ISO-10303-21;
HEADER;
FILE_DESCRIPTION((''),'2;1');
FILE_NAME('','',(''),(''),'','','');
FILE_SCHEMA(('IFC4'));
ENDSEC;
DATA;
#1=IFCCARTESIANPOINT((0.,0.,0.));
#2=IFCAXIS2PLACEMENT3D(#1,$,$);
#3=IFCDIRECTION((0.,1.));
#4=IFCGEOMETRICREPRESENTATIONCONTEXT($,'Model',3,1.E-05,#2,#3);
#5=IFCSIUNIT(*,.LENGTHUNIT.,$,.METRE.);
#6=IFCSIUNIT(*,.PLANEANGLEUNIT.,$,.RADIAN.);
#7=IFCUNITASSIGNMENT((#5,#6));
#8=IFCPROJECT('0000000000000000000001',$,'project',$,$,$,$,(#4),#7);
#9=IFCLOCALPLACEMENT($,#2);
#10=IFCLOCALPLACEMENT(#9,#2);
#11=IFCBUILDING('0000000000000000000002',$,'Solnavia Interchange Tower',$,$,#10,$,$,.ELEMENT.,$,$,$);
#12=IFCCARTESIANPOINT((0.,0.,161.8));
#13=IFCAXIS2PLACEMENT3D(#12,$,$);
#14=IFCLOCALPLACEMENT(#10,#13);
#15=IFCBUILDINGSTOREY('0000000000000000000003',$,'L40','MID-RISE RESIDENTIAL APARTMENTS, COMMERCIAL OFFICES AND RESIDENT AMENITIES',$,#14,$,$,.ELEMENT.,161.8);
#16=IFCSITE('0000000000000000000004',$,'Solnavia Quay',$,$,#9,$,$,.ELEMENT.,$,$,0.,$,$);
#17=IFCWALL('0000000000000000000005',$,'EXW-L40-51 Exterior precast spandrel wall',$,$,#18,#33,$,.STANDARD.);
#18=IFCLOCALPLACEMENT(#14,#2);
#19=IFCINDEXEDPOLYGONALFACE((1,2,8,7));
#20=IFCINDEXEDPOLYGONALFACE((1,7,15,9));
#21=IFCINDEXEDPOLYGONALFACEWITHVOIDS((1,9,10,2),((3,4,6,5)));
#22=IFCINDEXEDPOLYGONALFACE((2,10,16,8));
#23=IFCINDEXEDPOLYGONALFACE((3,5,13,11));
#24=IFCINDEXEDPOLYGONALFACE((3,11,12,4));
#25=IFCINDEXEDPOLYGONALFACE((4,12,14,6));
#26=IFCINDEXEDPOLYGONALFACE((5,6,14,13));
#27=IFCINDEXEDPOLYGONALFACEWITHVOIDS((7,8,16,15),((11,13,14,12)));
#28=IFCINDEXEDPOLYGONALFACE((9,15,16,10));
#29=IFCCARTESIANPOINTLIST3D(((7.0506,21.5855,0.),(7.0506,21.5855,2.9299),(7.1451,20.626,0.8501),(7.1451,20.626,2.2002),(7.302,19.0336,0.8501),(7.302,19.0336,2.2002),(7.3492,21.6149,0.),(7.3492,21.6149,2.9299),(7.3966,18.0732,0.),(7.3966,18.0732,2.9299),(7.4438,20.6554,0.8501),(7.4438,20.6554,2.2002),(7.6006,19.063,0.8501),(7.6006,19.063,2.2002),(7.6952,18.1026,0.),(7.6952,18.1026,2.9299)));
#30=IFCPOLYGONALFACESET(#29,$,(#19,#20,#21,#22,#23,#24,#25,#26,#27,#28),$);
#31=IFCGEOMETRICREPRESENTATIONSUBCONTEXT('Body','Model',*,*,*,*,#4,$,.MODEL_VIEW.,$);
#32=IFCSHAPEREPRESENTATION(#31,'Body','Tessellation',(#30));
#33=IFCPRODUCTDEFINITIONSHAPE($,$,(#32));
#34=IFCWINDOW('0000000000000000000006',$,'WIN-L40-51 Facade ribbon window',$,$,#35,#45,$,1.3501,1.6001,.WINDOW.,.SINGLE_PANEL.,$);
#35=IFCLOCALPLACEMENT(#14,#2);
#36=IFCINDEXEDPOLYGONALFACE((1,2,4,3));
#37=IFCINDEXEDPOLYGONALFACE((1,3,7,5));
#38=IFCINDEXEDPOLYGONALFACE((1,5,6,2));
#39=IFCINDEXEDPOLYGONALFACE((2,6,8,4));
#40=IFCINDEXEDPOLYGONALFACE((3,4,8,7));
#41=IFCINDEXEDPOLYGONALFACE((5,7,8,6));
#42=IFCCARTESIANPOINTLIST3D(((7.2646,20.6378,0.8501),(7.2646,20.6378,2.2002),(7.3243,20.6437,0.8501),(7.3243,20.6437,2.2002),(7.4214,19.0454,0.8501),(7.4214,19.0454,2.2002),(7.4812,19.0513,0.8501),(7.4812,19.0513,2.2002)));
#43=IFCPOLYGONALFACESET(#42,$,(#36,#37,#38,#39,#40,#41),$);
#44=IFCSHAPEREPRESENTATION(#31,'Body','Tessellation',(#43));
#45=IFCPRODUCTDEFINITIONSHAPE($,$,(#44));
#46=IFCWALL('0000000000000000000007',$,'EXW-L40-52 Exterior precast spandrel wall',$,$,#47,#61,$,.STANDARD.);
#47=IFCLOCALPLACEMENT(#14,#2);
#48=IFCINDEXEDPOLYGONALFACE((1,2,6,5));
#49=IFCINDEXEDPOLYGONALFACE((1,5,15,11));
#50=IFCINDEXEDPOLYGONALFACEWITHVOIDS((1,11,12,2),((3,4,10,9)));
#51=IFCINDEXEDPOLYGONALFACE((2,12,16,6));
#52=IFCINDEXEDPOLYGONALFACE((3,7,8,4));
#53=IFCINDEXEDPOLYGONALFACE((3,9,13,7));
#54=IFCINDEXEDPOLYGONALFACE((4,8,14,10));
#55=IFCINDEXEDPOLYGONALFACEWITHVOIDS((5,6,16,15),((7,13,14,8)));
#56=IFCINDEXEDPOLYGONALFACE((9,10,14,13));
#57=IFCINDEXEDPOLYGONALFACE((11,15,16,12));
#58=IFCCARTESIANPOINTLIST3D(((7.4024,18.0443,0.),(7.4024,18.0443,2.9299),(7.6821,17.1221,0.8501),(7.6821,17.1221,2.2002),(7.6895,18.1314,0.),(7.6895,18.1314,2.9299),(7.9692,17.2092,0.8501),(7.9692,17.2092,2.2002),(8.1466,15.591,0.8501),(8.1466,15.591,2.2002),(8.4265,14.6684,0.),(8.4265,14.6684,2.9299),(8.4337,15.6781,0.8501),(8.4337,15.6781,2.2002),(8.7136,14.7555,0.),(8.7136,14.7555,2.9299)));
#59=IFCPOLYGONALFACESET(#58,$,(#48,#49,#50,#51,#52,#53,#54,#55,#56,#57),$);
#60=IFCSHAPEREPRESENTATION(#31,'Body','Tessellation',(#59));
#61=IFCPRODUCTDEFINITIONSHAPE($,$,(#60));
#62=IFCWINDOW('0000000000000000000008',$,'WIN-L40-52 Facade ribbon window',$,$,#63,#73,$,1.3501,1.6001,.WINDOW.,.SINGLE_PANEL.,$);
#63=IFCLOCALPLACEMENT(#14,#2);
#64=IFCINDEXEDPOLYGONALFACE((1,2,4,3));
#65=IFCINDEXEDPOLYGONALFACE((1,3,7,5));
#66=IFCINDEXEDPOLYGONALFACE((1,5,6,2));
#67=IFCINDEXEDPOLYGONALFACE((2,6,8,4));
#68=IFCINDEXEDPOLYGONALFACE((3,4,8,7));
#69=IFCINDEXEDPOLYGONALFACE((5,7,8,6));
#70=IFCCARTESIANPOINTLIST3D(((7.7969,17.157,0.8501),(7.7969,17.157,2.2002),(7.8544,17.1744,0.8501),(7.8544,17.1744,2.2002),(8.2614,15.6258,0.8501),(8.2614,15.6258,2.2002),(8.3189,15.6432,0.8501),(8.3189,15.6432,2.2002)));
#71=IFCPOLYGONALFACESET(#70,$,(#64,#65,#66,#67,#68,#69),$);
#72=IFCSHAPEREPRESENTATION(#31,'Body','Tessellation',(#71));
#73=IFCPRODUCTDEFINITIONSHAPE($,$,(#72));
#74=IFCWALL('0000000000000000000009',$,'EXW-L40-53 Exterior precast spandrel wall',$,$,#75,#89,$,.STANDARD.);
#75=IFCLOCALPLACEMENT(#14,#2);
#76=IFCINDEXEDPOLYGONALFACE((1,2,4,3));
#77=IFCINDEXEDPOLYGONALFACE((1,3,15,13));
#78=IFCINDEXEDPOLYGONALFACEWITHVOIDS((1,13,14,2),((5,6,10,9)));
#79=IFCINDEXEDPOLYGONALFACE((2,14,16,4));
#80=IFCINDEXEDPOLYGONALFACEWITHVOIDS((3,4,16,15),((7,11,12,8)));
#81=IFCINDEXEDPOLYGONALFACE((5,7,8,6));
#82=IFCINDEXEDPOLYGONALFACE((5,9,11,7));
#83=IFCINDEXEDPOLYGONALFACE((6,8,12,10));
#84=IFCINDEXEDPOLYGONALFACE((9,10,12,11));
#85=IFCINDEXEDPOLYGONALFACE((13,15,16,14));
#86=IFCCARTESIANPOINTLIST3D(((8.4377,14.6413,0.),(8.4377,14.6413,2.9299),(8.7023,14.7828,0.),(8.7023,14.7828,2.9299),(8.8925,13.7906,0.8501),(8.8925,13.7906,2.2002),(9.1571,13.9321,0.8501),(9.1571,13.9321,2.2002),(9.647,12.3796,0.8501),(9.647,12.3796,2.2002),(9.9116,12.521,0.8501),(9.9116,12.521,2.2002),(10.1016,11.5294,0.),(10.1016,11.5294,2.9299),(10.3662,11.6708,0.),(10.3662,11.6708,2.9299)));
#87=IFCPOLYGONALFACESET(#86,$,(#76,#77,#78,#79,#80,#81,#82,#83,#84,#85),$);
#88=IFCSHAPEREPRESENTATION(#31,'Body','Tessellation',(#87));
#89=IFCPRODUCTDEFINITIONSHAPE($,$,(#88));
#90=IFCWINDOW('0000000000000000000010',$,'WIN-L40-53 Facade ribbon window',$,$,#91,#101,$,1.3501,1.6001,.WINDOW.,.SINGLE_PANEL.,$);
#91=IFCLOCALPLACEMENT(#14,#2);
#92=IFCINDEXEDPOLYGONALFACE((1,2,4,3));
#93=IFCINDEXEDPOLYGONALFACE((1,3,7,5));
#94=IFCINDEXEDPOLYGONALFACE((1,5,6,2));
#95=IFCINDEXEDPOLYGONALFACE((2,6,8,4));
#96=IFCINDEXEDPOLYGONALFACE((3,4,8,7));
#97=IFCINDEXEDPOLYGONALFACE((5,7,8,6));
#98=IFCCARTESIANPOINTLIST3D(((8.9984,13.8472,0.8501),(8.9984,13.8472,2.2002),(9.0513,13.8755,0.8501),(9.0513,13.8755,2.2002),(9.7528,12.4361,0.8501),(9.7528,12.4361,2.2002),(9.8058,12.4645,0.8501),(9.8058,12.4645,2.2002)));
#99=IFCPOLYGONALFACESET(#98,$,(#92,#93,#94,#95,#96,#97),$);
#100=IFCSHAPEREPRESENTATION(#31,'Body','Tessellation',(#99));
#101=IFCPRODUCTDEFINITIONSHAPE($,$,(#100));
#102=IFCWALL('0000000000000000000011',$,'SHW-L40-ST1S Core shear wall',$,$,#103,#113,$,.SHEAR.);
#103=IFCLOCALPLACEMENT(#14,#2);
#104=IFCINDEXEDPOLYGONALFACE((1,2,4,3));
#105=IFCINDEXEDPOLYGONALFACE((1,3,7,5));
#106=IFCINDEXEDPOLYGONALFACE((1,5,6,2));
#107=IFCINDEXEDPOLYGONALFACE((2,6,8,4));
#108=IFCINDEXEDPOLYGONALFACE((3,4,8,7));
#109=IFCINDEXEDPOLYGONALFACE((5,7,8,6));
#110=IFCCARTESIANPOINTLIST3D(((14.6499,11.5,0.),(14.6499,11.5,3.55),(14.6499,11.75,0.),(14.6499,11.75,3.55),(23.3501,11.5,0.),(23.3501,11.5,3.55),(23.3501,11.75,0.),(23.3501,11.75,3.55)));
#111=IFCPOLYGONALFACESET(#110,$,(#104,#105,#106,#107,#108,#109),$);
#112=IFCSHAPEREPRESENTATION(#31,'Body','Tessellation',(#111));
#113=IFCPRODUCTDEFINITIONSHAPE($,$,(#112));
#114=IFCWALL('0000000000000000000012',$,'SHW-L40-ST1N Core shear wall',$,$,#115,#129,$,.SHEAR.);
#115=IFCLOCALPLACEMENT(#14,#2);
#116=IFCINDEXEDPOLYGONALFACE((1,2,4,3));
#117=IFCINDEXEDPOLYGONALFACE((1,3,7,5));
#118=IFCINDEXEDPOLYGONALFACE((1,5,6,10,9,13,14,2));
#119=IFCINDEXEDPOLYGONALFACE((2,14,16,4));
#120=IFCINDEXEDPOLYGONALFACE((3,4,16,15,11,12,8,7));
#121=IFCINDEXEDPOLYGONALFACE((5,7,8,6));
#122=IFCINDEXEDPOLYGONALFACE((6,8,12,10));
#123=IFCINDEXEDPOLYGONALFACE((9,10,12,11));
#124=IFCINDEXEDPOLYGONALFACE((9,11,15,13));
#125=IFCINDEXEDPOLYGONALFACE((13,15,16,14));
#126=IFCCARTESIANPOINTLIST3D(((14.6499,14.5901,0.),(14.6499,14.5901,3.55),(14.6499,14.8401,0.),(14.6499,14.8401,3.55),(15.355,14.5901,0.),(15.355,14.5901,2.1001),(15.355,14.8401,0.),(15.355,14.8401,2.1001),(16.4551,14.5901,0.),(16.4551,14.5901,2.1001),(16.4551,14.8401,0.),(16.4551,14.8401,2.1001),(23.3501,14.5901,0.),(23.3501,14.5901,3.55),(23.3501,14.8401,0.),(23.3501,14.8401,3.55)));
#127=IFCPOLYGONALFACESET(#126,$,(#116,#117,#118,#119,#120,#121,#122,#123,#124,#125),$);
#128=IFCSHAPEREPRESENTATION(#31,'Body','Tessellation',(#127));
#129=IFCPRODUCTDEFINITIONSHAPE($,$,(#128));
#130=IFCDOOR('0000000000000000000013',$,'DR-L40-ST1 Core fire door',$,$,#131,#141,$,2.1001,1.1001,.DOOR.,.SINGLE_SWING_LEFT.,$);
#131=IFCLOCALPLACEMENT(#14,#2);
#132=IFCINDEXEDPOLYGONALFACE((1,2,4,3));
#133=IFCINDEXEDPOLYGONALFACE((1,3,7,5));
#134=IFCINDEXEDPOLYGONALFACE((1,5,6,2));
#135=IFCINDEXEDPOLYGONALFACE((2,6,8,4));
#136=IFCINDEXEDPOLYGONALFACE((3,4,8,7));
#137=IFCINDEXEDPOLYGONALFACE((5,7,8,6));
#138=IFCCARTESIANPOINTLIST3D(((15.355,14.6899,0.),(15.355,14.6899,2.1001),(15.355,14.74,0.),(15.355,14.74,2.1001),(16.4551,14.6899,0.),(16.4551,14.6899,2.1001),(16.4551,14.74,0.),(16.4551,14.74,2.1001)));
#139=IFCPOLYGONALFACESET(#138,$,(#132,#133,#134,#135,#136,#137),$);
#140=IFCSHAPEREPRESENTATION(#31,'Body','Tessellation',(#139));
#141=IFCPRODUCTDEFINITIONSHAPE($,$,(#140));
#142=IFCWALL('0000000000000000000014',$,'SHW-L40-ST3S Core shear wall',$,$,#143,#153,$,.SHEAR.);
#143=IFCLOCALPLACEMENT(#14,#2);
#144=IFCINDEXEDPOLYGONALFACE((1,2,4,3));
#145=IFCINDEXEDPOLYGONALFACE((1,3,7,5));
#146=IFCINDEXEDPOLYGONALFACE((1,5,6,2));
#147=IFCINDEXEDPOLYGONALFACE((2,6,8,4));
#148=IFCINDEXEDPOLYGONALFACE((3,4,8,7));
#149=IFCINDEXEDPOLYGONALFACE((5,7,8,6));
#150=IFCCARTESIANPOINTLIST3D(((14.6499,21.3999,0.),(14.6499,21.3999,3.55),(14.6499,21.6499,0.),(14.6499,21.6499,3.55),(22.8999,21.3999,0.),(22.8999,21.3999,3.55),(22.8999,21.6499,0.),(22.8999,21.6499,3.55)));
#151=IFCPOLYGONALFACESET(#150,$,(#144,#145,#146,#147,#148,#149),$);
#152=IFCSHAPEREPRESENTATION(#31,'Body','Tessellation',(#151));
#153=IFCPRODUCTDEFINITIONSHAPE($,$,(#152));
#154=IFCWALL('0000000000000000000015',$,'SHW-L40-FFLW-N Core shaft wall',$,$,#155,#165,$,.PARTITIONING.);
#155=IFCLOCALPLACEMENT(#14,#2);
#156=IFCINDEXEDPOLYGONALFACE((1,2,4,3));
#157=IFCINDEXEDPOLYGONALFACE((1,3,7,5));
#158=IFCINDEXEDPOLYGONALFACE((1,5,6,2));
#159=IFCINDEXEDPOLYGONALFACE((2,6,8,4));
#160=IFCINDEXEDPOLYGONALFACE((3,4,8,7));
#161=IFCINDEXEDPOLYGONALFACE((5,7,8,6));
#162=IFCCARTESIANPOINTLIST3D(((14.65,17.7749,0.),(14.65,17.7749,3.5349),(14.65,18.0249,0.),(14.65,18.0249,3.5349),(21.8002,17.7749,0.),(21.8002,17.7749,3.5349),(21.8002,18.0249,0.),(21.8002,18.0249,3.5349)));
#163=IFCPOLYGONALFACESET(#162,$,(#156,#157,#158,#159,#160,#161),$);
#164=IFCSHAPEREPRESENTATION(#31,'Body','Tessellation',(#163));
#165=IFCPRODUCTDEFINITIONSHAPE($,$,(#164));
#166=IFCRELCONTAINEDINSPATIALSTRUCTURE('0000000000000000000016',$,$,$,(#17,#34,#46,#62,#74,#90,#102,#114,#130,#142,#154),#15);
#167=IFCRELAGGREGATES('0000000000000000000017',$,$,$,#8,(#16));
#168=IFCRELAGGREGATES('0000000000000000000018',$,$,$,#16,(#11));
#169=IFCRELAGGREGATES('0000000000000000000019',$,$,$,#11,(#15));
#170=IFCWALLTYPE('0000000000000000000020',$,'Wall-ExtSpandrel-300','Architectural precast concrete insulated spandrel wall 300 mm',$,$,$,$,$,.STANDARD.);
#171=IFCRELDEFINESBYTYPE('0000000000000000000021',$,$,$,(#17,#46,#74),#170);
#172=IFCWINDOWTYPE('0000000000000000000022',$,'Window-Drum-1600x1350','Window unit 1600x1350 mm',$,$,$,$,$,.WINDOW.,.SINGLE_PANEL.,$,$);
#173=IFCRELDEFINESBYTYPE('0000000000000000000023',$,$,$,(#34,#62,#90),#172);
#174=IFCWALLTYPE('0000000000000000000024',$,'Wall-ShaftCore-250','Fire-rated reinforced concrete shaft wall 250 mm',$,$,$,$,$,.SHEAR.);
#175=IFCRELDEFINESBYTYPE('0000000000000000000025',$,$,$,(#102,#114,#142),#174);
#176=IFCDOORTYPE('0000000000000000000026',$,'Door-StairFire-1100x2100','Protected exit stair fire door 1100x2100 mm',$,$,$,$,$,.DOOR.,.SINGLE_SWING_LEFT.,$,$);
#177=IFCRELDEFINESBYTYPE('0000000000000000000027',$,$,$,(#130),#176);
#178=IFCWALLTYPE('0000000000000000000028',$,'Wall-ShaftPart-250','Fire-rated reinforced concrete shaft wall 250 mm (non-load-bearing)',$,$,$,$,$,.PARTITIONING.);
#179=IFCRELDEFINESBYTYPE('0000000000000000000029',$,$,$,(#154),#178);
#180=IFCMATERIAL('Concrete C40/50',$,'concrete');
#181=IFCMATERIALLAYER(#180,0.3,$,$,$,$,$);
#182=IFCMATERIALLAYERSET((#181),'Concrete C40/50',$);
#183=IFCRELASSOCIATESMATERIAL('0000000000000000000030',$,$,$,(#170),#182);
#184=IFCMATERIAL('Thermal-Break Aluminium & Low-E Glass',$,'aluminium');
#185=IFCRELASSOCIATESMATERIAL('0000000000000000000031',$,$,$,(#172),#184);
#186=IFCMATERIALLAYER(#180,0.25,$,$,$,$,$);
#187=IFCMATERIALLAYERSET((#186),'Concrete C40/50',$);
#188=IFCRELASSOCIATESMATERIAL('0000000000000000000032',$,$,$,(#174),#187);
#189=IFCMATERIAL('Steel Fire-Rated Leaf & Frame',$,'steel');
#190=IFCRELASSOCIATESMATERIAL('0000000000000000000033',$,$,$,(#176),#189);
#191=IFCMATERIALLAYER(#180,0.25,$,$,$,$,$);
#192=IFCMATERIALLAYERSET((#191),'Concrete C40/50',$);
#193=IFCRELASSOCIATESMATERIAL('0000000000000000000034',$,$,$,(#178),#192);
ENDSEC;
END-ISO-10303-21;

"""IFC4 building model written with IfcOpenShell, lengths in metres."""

from ifc_helpers import new_model, si_unit, direction, frame, frame_2d, origin, place, context, subcontext, project, spatial, rectangle, extrude, material, layer, layer_set, type_object, element, fill, save


model = new_model("IFC4")

# Units and contexts
model_context = context("Model", 3, precision=1e-05, world=origin(), true_north=direction((0.0, 1.0)))
body_context = subcontext(model_context, "Body", "Model", "MODEL_VIEW")
ifc_project = project(units=[si_unit("LENGTHUNIT", "METRE"), si_unit("PLANEANGLEUNIT", "RADIAN")], contexts=[model_context])

# Site, building, storey
site_placement = place(None, origin())
site = spatial("IfcSite", under=ifc_project, at=site_placement, Name="Solnavia Quay", CompositionType="ELEMENT", RefElevation=0.0)
building_placement = place(site_placement, origin())
building = spatial("IfcBuilding", under=site, at=building_placement, Name="Solnavia Interchange Tower", CompositionType="ELEMENT")
storey_placement = place(building_placement, frame((0.0, 0.0, 161.8)))
storey = spatial("IfcBuildingStorey", under=building, at=storey_placement, Name="L40", Description="MID-RISE RESIDENTIAL APARTMENTS, COMMERCIAL OFFICES AND RESIDENT AMENITIES", CompositionType="ELEMENT", Elevation=161.8)

# Walls, openings, windows
ifc_material_1 = material(Name="Concrete C40/50", Category="concrete")
ifc_layer_1 = layer(ifc_material_1, 0.3)
ifc_layer_set_1 = layer_set([ifc_layer_1], Name="Concrete C40/50")
wall_type_1 = type_object("IfcWallType", Name="Wall-ExtSpandrel-300", Description="Architectural precast concrete insulated spandrel wall 300 mm", PredefinedType="STANDARD", material=ifc_layer_set_1)
ifc_material_2 = material(Name="Thermal-Break Aluminium & Low-E Glass", Category="aluminium")
wall_1_placement = place(storey_placement, frame((7.5459, 18.0879, 0.0), z_axis=(0.0, 0.0, 1.0), x_axis=(-0.098024, 0.995184, 0.0)))
wall_1 = element("IfcWall", 1, at=wall_1_placement, inside=storey, type_object=wall_type_1, Name="EXW-L40-51 Exterior precast spandrel wall", PredefinedType="STANDARD", context=body_context, shape_type="SweptSolid", body=[
    extrude(rectangle(XDim=3.5293, YDim=0.3, at=frame_2d((1.7646, 0.0))), origin(), (0.0, 0.0, 1.0), 2.9299),
])
opening_1_placement = place(wall_1_placement, frame((0.9651, 0.0, 0.8501)))
opening_1 = element("IfcOpeningElement", 2, at=opening_1_placement, cuts=wall_1, PredefinedType="OPENING", context=body_context, shape_type="SweptSolid", body=[
    extrude(rectangle(XDim=1.6001, YDim=1.3501, at=frame_2d((0.8, 0.675))), frame((0.0, 0.1602, 0.0), z_axis=(0.0, -1.0, 0.0), x_axis=(1.0, 0.0, 0.0)), (0.0, 0.0, 1.0), 0.3201),
])
window_type_1 = type_object("IfcWindowType", Name="Window-Drum-1600x1350", Description="Window unit 1600x1350 mm", PartitioningType="SINGLE_PANEL", PredefinedType="WINDOW", material=ifc_material_2)
window_1_placement = place(opening_1_placement, origin())
window_1 = element("IfcWindow", 3, at=window_1_placement, inside=storey, type_object=window_type_1, Name="WIN-L40-51 Facade ribbon window", OverallHeight=1.3501, OverallWidth=1.6001, PartitioningType="SINGLE_PANEL", PredefinedType="WINDOW", context=body_context, shape_type="SweptSolid", body=[
    extrude(rectangle(XDim=1.6001, YDim=1.3501, at=frame_2d((0.8, 0.675))), frame((0.0, 0.03, 0.0), z_axis=(0.0, -1.0, 0.0), x_axis=(1.0, 0.0, 0.0)), (0.0, 0.0, 1.0), 0.0601),
])
fill(opening_1, window_1)
wall_2_placement = place(storey_placement, frame((8.5701, 14.7119, 0.0), z_axis=(0.0, 0.0, 1.0), x_axis=(-0.290305, 0.956934, 0.0)))
wall_2 = element("IfcWall", 4, at=wall_2_placement, inside=storey, type_object=wall_type_1, Name="EXW-L40-52 Exterior precast spandrel wall", PredefinedType="STANDARD", context=body_context, shape_type="SweptSolid", body=[
    extrude(rectangle(XDim=3.5278, YDim=0.3, at=frame_2d((1.7639, 0.0))), origin(), (0.0, 0.0, 1.0), 2.9299),
])
opening_2_placement = place(wall_2_placement, frame((0.9641, 0.0, 0.8501)))
opening_2 = element("IfcOpeningElement", 5, at=opening_2_placement, cuts=wall_2, PredefinedType="OPENING", context=body_context, shape_type="SweptSolid", body=[
    extrude(rectangle(XDim=1.6001, YDim=1.3501, at=frame_2d((0.8, 0.675))), frame((0.0, 0.1602, 0.0), z_axis=(0.0, -1.0, 0.0), x_axis=(1.0, 0.0, 0.0)), (0.0, 0.0, 1.0), 0.3201),
])
window_2_placement = place(opening_2_placement, origin())
window_2 = element("IfcWindow", 6, at=window_2_placement, inside=storey, type_object=window_type_1, Name="WIN-L40-52 Facade ribbon window", OverallHeight=1.3501, OverallWidth=1.6001, PartitioningType="SINGLE_PANEL", PredefinedType="WINDOW", context=body_context, shape_type="SweptSolid", body=[
    extrude(rectangle(XDim=1.6001, YDim=1.3501, at=frame_2d((0.8, 0.675))), frame((0.0, 0.03, 0.0), z_axis=(0.0, -1.0, 0.0), x_axis=(1.0, 0.0, 0.0)), (0.0, 0.0, 1.0), 0.0601),
])
fill(opening_2, window_2)
wall_3_placement = place(storey_placement, frame((10.2339, 11.6001, 0.0), z_axis=(0.0, 0.0, 1.0), x_axis=(-0.471511, 0.88186, 0.0)))
wall_3 = element("IfcWall", 7, at=wall_3_placement, inside=storey, type_object=wall_type_1, Name="EXW-L40-53 Exterior precast spandrel wall", PredefinedType="STANDARD", context=body_context, shape_type="SweptSolid", body=[
    extrude(rectangle(XDim=3.5288, YDim=0.3, at=frame_2d((1.7644, 0.0))), origin(), (0.0, 0.0, 1.0), 2.9299),
])
opening_3_placement = place(wall_3_placement, frame((0.9641, 0.0, 0.8501)))
opening_3 = element("IfcOpeningElement", 8, at=opening_3_placement, cuts=wall_3, PredefinedType="OPENING", context=body_context, shape_type="SweptSolid", body=[
    extrude(rectangle(XDim=1.6001, YDim=1.3501, at=frame_2d((0.8, 0.675))), frame((0.0, 0.1602, 0.0), z_axis=(0.0, -1.0, 0.0), x_axis=(1.0, 0.0, 0.0)), (0.0, 0.0, 1.0), 0.3201),
])
window_3_placement = place(opening_3_placement, origin())
window_3 = element("IfcWindow", 9, at=window_3_placement, inside=storey, type_object=window_type_1, Name="WIN-L40-53 Facade ribbon window", OverallHeight=1.3501, OverallWidth=1.6001, PartitioningType="SINGLE_PANEL", PredefinedType="WINDOW", context=body_context, shape_type="SweptSolid", body=[
    extrude(rectangle(XDim=1.6001, YDim=1.3501, at=frame_2d((0.8, 0.675))), frame((0.0, 0.03, 0.0), z_axis=(0.0, -1.0, 0.0), x_axis=(1.0, 0.0, 0.0)), (0.0, 0.0, 1.0), 0.0601),
])
fill(opening_3, window_3)

# Wall
ifc_layer_2 = layer(ifc_material_1, 0.25)
ifc_layer_set_2 = layer_set([ifc_layer_2], Name="Concrete C40/50")
wall_type_2 = type_object("IfcWallType", Name="Wall-ShaftCore-250", Description="Fire-rated reinforced concrete shaft wall 250 mm", PredefinedType="SHEAR", material=ifc_layer_set_2)
wall_4_placement = place(storey_placement, frame((14.6499, 11.625, 0.0), z_axis=(0.0, 0.0, 1.0), x_axis=(1.0, 0.0, 0.0)))
element("IfcWall", 10, at=wall_4_placement, inside=storey, type_object=wall_type_2, Name="SHW-L40-ST1S Core shear wall", PredefinedType="SHEAR", context=body_context, shape_type="SweptSolid", body=[
    extrude(rectangle(XDim=8.7002, YDim=0.25, at=frame_2d((4.3501, 0.0))), origin(), (0.0, 0.0, 1.0), 3.55),
])

# Wall, opening, door
wall_5_placement = place(storey_placement, frame((14.6499, 14.7151, 0.0), z_axis=(0.0, 0.0, 1.0), x_axis=(1.0, 0.0, 0.0)))
wall_5 = element("IfcWall", 11, at=wall_5_placement, inside=storey, type_object=wall_type_2, Name="SHW-L40-ST1N Core shear wall", PredefinedType="SHEAR", context=body_context, shape_type="SweptSolid", body=[
    extrude(rectangle(XDim=8.7002, YDim=0.25, at=frame_2d((4.3501, 0.0))), origin(), (0.0, 0.0, 1.0), 3.55),
])
opening_4_placement = place(wall_5_placement, frame((0.7051, 0.0, 0.0)))
opening_4 = element("IfcOpeningElement", 12, at=opening_4_placement, cuts=wall_5, PredefinedType="OPENING", context=body_context, shape_type="SweptSolid", body=[
    extrude(rectangle(XDim=1.1001, YDim=2.1001, at=frame_2d((0.55, 1.05))), frame((0.0, 0.135, 0.0), z_axis=(0.0, -1.0, 0.0), x_axis=(1.0, 0.0, 0.0)), (0.0, 0.0, 1.0), 0.27),
])
ifc_material_3 = material(Name="Steel Fire-Rated Leaf & Frame", Category="steel")
door_type = type_object("IfcDoorType", Name="Door-StairFire-1100x2100", Description="Protected exit stair fire door 1100x2100 mm", OperationType="SINGLE_SWING_LEFT", PredefinedType="DOOR", material=ifc_material_3)
door_placement = place(opening_4_placement, origin())
door = element("IfcDoor", 13, at=door_placement, inside=storey, type_object=door_type, Name="DR-L40-ST1 Core fire door", OperationType="SINGLE_SWING_LEFT", OverallHeight=2.1001, OverallWidth=1.1001, PredefinedType="DOOR", context=body_context, shape_type="SweptSolid", body=[
    extrude(rectangle(XDim=1.1001, YDim=2.1001, at=frame_2d((0.55, 1.05))), frame((0.0, 0.0249, 0.0), z_axis=(0.0, -1.0, 0.0), x_axis=(1.0, 0.0, 0.0)), (0.0, 0.0, 1.0), 0.05),
])
fill(opening_4, door)

# Walls
wall_6_placement = place(storey_placement, frame((14.6499, 21.5249, 0.0), z_axis=(0.0, 0.0, 1.0), x_axis=(1.0, 0.0, 0.0)))
element("IfcWall", 14, at=wall_6_placement, inside=storey, type_object=wall_type_2, Name="SHW-L40-ST3S Core shear wall", PredefinedType="SHEAR", context=body_context, shape_type="SweptSolid", body=[
    extrude(rectangle(XDim=8.25, YDim=0.25, at=frame_2d((4.125, 0.0))), origin(), (0.0, 0.0, 1.0), 3.55),
])
ifc_layer_3 = layer(ifc_material_1, 0.25)
ifc_layer_set_3 = layer_set([ifc_layer_3], Name="Concrete C40/50")
wall_type_3 = type_object("IfcWallType", Name="Wall-ShaftPart-250", Description="Fire-rated reinforced concrete shaft wall 250 mm (non-load-bearing)", PredefinedType="PARTITIONING", material=ifc_layer_set_3)
wall_7_placement = place(storey_placement, frame((14.6499, 17.8999, 0.0), z_axis=(0.0, 0.0, 1.0), x_axis=(1.0, 0.0, 0.0)))
element("IfcWall", 15, at=wall_7_placement, inside=storey, type_object=wall_type_3, Name="SHW-L40-FFLW-N Core shaft wall", PredefinedType="PARTITIONING", context=body_context, shape_type="SweptSolid", body=[
    extrude(rectangle(XDim=7.1501, YDim=0.25, at=frame_2d((3.5752, 0.0))), origin(), (0.0, 0.0, 1.0), 3.5349),
])

save(model, "model.ifc")
